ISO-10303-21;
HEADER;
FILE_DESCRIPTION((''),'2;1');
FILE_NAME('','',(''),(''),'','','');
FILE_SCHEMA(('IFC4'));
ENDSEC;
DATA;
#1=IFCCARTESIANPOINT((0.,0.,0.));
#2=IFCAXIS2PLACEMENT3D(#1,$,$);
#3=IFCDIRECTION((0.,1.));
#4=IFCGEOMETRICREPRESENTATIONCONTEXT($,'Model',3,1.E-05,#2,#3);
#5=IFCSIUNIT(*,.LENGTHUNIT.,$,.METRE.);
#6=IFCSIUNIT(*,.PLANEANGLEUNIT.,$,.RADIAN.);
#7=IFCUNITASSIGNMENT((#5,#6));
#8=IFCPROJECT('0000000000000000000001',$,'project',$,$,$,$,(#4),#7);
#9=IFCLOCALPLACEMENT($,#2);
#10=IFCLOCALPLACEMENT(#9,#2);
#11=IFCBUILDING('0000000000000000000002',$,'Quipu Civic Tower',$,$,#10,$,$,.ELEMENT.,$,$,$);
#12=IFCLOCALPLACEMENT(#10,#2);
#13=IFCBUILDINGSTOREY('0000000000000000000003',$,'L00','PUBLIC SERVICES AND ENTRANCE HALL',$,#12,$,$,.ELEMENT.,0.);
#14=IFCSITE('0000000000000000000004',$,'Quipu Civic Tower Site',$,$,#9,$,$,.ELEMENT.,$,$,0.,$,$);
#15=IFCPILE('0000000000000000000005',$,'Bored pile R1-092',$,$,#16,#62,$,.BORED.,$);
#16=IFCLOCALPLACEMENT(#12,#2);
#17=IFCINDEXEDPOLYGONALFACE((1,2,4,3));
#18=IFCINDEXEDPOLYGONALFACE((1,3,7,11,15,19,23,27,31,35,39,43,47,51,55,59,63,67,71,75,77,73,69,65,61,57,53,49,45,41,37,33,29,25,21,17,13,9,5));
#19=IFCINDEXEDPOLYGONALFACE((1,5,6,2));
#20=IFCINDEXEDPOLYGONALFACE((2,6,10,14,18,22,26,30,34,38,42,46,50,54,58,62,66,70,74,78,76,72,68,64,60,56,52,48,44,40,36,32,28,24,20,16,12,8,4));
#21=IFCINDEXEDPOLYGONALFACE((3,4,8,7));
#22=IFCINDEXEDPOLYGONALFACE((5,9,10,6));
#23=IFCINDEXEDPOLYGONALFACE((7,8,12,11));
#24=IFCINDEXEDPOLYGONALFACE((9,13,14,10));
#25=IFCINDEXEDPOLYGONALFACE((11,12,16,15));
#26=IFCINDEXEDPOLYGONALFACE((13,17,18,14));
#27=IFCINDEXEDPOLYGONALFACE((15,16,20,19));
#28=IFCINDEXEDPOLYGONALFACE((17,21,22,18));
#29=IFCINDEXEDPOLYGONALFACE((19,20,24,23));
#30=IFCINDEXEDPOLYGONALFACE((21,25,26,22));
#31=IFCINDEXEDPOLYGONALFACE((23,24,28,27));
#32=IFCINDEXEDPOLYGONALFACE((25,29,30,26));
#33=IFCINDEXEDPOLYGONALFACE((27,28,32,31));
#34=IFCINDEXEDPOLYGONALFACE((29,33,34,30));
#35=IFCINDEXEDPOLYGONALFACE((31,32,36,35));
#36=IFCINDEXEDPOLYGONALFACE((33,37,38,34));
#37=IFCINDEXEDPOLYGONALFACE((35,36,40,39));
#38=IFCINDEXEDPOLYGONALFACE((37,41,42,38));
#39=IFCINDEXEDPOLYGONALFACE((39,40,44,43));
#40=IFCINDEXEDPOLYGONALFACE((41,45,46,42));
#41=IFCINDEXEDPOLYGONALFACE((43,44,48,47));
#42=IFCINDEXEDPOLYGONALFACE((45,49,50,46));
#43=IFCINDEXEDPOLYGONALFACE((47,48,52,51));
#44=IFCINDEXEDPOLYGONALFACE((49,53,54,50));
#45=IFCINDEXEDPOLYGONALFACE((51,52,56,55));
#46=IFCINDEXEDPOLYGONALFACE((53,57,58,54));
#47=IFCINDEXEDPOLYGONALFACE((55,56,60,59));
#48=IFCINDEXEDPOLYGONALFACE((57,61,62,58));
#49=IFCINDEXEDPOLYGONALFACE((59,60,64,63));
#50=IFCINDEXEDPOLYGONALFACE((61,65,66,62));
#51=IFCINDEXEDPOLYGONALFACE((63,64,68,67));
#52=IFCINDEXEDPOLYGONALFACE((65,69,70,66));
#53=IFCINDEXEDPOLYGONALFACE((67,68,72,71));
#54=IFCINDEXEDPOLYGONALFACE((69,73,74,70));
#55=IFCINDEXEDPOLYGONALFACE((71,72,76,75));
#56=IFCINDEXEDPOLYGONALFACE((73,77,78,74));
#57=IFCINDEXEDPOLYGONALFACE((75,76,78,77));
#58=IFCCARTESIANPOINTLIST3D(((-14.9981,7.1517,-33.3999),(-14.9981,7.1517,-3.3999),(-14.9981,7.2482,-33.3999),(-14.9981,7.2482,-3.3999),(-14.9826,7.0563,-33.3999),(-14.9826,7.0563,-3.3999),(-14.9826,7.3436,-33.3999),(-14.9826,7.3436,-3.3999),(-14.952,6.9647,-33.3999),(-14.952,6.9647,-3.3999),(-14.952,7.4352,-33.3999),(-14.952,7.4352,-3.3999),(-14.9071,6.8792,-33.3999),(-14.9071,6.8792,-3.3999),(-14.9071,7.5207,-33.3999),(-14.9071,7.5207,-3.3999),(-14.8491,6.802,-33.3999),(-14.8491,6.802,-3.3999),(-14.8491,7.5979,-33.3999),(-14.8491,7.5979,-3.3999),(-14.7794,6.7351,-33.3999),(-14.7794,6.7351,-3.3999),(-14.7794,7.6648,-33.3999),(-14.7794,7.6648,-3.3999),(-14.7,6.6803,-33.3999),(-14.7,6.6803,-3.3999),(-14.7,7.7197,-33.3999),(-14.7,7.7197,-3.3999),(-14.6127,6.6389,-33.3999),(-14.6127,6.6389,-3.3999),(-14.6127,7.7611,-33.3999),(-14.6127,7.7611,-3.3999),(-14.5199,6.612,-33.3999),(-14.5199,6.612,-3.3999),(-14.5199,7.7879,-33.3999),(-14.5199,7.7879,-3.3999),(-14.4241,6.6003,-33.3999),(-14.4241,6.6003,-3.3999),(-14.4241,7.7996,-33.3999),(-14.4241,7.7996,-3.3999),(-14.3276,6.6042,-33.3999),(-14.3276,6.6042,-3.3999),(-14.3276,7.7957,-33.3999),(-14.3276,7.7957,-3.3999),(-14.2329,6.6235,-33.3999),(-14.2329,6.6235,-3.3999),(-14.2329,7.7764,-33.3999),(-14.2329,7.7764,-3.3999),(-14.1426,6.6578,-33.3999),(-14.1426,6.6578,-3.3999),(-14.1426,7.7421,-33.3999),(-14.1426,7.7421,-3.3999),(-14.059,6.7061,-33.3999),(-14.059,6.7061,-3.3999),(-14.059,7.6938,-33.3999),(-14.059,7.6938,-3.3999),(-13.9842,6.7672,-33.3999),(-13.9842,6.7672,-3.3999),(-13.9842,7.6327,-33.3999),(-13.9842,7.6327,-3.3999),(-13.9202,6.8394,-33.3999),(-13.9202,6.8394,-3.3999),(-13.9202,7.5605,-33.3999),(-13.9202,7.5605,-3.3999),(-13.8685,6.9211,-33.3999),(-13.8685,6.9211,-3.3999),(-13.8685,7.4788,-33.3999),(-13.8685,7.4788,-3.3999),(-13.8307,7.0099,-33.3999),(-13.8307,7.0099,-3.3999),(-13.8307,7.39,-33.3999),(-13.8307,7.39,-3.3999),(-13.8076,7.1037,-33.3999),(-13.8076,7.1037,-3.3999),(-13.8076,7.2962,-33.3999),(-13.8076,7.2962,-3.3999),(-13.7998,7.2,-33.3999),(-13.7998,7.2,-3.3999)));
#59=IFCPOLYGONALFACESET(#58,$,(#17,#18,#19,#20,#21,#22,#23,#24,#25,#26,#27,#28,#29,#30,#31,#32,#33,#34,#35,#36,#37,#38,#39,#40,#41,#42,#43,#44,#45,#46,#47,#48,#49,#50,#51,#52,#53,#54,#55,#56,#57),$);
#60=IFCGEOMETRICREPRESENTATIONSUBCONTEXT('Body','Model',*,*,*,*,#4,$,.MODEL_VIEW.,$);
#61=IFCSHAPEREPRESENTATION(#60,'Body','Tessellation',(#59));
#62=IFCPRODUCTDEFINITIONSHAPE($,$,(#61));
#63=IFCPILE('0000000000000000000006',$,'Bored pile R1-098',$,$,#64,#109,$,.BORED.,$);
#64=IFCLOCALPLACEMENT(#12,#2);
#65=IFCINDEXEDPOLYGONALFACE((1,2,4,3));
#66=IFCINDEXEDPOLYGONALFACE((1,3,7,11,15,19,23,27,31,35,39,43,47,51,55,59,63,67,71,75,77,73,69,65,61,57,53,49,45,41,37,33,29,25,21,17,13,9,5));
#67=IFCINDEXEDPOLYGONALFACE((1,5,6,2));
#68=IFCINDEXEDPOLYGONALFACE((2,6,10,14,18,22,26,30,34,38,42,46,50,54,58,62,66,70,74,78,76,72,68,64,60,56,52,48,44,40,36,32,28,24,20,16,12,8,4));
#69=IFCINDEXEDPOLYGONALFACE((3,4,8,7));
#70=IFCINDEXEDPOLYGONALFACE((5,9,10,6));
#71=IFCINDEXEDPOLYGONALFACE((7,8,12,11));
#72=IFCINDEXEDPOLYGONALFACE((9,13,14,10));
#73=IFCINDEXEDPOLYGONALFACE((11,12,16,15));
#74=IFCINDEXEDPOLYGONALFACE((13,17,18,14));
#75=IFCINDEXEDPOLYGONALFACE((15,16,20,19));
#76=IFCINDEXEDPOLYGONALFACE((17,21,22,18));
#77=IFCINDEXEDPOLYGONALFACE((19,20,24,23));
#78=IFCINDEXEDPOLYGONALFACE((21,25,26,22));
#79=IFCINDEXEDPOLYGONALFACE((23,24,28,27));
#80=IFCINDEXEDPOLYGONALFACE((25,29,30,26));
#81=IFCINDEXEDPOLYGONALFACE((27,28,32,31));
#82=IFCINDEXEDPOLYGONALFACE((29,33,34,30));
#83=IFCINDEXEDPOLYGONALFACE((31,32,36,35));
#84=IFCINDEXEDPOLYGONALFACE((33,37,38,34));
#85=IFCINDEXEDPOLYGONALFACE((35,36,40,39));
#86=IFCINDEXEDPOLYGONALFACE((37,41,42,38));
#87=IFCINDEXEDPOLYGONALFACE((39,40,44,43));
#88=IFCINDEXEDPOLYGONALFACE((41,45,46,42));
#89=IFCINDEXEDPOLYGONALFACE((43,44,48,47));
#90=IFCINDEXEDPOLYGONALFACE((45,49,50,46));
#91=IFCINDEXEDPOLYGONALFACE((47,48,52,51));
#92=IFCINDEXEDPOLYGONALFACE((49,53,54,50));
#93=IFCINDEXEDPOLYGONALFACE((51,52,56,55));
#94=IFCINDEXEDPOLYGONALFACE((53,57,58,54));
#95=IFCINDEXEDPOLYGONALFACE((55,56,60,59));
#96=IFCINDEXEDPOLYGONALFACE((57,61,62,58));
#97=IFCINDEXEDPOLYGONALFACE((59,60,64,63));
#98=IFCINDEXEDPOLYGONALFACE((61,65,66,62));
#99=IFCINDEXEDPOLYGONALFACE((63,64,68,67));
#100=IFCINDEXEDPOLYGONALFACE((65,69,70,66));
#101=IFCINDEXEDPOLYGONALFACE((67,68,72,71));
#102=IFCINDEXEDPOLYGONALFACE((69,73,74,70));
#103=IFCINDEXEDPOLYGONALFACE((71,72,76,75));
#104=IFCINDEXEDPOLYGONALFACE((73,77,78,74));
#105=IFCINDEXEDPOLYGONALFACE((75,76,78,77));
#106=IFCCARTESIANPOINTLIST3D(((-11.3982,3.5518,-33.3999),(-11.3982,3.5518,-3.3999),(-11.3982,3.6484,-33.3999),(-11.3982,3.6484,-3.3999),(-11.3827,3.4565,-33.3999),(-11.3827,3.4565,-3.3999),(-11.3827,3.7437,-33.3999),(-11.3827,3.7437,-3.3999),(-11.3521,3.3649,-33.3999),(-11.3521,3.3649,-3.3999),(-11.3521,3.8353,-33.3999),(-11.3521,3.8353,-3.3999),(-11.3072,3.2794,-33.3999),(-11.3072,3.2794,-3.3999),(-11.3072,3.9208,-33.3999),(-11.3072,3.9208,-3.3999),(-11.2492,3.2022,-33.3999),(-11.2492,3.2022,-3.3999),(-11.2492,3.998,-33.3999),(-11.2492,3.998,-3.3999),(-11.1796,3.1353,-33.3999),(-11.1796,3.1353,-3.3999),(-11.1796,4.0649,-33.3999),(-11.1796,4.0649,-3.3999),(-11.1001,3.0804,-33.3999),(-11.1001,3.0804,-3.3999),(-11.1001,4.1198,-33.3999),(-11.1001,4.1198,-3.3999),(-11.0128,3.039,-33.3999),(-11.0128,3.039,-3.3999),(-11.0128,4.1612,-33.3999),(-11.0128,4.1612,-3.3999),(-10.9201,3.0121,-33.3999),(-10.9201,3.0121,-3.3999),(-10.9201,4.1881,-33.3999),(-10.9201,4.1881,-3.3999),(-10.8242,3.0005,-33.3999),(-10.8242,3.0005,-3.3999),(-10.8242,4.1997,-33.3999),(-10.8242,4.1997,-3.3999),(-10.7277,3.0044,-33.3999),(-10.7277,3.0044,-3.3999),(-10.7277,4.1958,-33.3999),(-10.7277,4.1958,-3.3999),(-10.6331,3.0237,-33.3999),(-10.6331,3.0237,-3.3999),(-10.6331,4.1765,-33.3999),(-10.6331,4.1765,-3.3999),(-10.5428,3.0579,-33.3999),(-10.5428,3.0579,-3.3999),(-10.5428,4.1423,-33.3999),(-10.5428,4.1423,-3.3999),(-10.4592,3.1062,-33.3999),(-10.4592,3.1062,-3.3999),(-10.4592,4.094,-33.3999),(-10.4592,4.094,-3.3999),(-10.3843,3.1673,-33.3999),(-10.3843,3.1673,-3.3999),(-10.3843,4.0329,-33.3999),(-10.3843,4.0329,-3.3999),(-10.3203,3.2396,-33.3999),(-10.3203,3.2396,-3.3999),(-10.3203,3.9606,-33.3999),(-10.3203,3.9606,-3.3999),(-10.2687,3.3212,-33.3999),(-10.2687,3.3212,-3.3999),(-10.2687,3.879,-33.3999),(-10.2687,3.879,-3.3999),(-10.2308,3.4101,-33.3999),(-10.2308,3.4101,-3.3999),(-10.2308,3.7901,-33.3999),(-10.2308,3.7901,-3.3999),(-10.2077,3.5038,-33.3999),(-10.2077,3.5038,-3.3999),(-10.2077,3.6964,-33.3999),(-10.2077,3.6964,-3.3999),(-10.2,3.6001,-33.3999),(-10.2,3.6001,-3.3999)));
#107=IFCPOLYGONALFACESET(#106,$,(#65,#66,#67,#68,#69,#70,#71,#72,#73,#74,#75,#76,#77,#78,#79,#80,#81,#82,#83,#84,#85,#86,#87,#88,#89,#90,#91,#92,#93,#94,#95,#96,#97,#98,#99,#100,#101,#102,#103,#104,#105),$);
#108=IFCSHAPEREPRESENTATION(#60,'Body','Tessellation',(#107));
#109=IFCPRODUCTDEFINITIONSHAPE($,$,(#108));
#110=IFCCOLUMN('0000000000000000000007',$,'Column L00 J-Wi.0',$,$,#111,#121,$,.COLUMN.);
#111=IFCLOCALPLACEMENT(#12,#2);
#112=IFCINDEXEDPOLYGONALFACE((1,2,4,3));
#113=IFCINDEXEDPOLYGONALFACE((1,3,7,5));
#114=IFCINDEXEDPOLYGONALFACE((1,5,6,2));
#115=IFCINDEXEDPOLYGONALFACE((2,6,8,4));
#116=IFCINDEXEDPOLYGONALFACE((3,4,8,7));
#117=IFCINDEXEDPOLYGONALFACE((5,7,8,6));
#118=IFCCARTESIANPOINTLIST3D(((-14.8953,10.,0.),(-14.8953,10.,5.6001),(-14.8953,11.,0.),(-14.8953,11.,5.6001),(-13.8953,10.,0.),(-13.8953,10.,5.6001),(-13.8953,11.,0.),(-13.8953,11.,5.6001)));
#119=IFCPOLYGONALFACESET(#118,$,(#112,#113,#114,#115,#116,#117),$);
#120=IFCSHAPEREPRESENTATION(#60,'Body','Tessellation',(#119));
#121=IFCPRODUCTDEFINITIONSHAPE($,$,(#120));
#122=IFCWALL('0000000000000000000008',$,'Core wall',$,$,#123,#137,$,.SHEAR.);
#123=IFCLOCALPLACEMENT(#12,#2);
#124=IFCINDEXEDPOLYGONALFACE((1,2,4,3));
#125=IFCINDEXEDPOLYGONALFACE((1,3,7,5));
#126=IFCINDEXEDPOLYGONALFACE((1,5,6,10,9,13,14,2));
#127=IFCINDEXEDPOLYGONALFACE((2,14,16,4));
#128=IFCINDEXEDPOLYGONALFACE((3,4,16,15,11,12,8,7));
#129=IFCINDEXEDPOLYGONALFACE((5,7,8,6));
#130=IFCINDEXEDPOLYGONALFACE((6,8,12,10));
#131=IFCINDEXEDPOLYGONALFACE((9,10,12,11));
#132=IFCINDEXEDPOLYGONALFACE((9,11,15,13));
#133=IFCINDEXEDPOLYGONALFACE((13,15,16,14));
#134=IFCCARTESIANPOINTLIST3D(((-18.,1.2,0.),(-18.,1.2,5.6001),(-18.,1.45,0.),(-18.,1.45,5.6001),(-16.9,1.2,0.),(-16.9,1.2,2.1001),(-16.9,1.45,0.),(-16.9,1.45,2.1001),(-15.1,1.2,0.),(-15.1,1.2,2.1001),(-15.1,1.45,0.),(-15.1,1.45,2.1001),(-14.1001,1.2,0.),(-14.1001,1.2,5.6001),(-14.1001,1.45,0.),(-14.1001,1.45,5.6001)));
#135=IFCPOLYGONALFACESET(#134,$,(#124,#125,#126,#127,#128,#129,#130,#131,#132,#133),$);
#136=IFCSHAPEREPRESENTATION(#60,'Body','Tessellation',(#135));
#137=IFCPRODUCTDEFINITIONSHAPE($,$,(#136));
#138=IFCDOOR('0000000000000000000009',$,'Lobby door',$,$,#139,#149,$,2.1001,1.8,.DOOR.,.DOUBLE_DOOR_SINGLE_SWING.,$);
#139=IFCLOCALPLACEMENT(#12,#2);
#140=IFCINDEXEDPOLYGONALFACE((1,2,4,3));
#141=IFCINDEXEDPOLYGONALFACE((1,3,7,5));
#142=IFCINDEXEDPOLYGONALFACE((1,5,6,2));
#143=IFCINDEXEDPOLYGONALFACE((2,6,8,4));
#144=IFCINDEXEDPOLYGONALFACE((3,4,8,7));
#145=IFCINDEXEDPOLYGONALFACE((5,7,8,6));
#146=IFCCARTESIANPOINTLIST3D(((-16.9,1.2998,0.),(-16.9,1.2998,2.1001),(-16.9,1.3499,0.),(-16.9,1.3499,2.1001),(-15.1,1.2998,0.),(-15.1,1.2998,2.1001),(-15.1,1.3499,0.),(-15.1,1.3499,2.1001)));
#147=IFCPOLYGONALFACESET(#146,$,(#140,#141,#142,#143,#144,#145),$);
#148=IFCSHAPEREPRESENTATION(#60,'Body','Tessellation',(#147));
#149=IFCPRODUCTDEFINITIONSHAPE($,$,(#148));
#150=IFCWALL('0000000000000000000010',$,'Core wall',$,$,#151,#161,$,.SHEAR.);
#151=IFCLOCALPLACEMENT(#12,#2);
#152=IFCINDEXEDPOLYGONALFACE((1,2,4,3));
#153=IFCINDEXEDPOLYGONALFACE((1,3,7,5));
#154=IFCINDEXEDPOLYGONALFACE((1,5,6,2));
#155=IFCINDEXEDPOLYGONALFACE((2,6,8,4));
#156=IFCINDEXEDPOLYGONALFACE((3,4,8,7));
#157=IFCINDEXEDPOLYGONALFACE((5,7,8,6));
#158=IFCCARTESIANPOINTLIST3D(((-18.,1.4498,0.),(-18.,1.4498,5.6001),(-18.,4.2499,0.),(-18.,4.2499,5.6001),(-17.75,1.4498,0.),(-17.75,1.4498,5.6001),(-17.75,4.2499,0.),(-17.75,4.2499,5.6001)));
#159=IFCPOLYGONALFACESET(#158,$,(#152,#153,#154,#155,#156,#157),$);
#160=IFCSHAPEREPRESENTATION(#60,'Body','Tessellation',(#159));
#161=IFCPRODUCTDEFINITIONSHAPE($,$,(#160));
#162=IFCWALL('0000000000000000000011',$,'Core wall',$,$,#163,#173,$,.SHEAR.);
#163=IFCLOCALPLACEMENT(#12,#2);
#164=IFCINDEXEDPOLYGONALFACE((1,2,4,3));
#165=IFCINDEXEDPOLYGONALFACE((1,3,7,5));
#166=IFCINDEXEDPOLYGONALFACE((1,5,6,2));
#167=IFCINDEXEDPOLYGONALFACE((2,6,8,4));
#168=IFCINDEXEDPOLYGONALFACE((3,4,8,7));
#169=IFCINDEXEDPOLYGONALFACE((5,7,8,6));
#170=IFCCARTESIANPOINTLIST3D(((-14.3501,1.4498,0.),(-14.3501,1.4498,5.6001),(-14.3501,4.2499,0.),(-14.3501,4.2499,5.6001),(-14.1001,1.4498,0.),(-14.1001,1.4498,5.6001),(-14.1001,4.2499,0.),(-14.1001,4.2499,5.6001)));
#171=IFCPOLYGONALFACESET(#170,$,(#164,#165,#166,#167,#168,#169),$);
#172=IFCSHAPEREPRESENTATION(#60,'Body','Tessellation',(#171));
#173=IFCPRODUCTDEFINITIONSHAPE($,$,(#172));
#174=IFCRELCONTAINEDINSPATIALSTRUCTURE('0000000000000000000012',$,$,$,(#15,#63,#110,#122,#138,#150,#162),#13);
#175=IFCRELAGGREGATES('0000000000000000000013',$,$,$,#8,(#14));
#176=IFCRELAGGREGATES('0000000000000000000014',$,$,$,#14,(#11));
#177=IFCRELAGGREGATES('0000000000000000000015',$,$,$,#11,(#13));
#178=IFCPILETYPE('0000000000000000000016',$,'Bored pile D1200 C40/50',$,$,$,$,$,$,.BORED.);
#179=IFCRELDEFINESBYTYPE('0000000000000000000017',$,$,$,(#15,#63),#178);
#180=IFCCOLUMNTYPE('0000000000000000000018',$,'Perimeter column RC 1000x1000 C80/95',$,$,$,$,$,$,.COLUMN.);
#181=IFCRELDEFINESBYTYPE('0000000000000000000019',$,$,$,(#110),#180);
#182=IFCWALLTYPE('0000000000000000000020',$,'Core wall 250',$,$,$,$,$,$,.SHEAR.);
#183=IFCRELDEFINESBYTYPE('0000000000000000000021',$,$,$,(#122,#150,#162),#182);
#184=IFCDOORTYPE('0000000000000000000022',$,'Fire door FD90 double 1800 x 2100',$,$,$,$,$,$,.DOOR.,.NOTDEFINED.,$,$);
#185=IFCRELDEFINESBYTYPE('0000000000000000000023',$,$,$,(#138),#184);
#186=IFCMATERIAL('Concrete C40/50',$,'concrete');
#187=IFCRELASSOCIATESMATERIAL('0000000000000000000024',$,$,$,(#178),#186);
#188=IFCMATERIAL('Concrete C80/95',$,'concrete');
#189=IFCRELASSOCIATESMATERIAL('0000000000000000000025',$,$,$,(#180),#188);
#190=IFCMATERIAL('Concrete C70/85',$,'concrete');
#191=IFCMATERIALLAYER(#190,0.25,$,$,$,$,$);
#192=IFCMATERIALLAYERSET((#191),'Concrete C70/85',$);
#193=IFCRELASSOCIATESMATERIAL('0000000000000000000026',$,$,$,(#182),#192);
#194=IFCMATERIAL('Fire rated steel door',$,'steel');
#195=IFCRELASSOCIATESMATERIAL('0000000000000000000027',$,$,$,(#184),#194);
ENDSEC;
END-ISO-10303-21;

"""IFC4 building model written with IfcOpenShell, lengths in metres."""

from ifc_helpers import new_model, si_unit, direction, frame, frame_2d, origin, origin_2d, place, context, subcontext, project, spatial, rectangle, circle, extrude, material, layer, layer_set, material_profile, profile_set, type_object, element, fill, save


model = new_model("IFC4")

# Units and contexts
model_context = context("Model", 3, precision=1e-05, world=origin(), true_north=direction((0.0, 1.0)))
body_context = subcontext(model_context, "Body", "Model", "MODEL_VIEW")
ifc_project = project(units=[si_unit("LENGTHUNIT", "METRE"), si_unit("PLANEANGLEUNIT", "RADIAN")], contexts=[model_context])

# Site, building, storey
site_placement = place(None, origin())
site = spatial("IfcSite", under=ifc_project, at=site_placement, Name="Quipu Civic Tower Site", CompositionType="ELEMENT", RefElevation=0.0)
building_placement = place(site_placement, origin())
building = spatial("IfcBuilding", under=site, at=building_placement, Name="Quipu Civic Tower", CompositionType="ELEMENT")
storey_placement = place(building_placement, origin())
storey = spatial("IfcBuildingStorey", under=building, at=storey_placement, Name="L00", Description="PUBLIC SERVICES AND ENTRANCE HALL", CompositionType="ELEMENT", Elevation=0.0)

# Piles
ifc_material_1 = material(Name="Concrete C40/50", Category="concrete")
ifc_material_profile_1 = material_profile(ifc_material_1, circle(Radius=0.6001, at=origin_2d()), Name="RCD1200")
ifc_profile_set_1 = profile_set([ifc_material_profile_1], Name="Concrete C40/50")
pile_type = type_object("IfcPileType", Name="Bored pile D1200 C40/50", PredefinedType="BORED", material=ifc_profile_set_1)
for number, where, z_axis, x_axis, name in (
    (1, (-14.3999, 7.2, -3.3999), (0.0, 0.0, -1.0), (1.0, 0.0, 0.0), "Bored pile R1-092"),
    (2, (-10.8, 3.6001, -3.3999), (0.0, 0.0, -1.0), (1.0, 0.0, 0.0), "Bored pile R1-098"),
):
    element("IfcPile", number, at=place(storey_placement, frame(where, z_axis=z_axis, x_axis=x_axis)), inside=storey, type_object=pile_type, Name=name, PredefinedType="BORED", context=body_context, shape_type="SweptSolid", body=[
        extrude(circle(Radius=0.6001, at=origin_2d()), origin(), (0.0, 0.0, 1.0), 30.0),
    ])

# Column
ifc_material_2 = material(Name="Concrete C80/95", Category="concrete")
ifc_material_profile_2 = material_profile(ifc_material_2, rectangle(XDim=1.0, YDim=1.0, at=origin_2d()), Name="RC1000x1000")
ifc_profile_set_2 = profile_set([ifc_material_profile_2], Name="Concrete C80/95")
column_type = type_object("IfcColumnType", Name="Perimeter column RC 1000x1000 C80/95", PredefinedType="COLUMN", material=ifc_profile_set_2)
column_placement = place(storey_placement, frame((-14.3953, 10.5, 0.0), z_axis=(0.0, 0.0, 1.0), x_axis=(-1.0, 0.0, 0.0)))
element("IfcColumn", 3, at=column_placement, inside=storey, type_object=column_type, Name="Column L00 J-Wi.0", PredefinedType="COLUMN", context=body_context, shape_type="SweptSolid", body=[
    extrude(rectangle(XDim=1.0, YDim=1.0, at=origin_2d()), origin(), (0.0, 0.0, 1.0), 5.6001),
])

# Wall, opening, door
ifc_material_3 = material(Name="Concrete C70/85", Category="concrete")
ifc_layer_1 = layer(ifc_material_3, 0.25)
ifc_layer_set_1 = layer_set([ifc_layer_1], Name="Concrete C70/85")
wall_type_1 = type_object("IfcWallType", Name="Core wall 250", PredefinedType="SHEAR", material=ifc_layer_set_1)
wall_1_placement = place(storey_placement, frame((-18.0, 1.325, 0.0), z_axis=(0.0, 0.0, 1.0), x_axis=(1.0, 0.0, 0.0)))
wall_1 = element("IfcWall", 4, at=wall_1_placement, inside=storey, type_object=wall_type_1, Name="Core wall", PredefinedType="SHEAR", context=body_context, shape_type="SweptSolid", body=[
    extrude(rectangle(XDim=3.8999, YDim=0.25, at=frame_2d((1.95, 0.0))), origin(), (0.0, 0.0, 1.0), 5.6001),
])
opening_1_placement = place(wall_1_placement, frame((1.1001, 0.0, 0.0)))
opening_1 = element("IfcOpeningElement", 5, at=opening_1_placement, cuts=wall_1, PredefinedType="OPENING", context=body_context, shape_type="SweptSolid", body=[
    extrude(rectangle(XDim=1.8, YDim=2.1001, at=frame_2d((0.8999, 1.05))), frame((0.0, 0.135, 0.0), z_axis=(0.0, -1.0, 0.0), x_axis=(1.0, 0.0, 0.0)), (0.0, 0.0, 1.0), 0.27),
])
ifc_material_4 = material(Name="Fire rated steel door", Category="steel")
door_type_1 = type_object("IfcDoorType", Name="Fire door FD90 double 1800 x 2100", OperationType="NOTDEFINED", PredefinedType="DOOR", material=ifc_material_4)
door_1_placement = place(opening_1_placement, origin())
door_1 = element("IfcDoor", 6, at=door_1_placement, inside=storey, type_object=door_type_1, Name="Lobby door", OperationType="DOUBLE_DOOR_SINGLE_SWING", OverallHeight=2.1001, OverallWidth=1.8, PredefinedType="DOOR", context=body_context, shape_type="SweptSolid", body=[
    extrude(rectangle(XDim=1.8, YDim=2.1001, at=frame_2d((0.8999, 1.05))), frame((0.0, 0.0249, 0.0), z_axis=(0.0, -1.0, 0.0), x_axis=(1.0, 0.0, 0.0)), (0.0, 0.0, 1.0), 0.05),
])
fill(opening_1, door_1)

# Walls
for number, where, z_axis, x_axis, name in (
    (7, (-17.875, 1.45, 0.0), (0.0, 0.0, 1.0), (0.0, 1.0, 0.0), "Core wall"),
    (8, (-14.2251, 1.45, 0.0), (0.0, 0.0, 1.0), (0.0, 1.0, 0.0), "Core wall"),
):
    element("IfcWall", number, at=place(storey_placement, frame(where, z_axis=z_axis, x_axis=x_axis)), inside=storey, type_object=wall_type_1, Name=name, PredefinedType="SHEAR", context=body_context, shape_type="SweptSolid", body=[
        extrude(rectangle(XDim=2.8, YDim=0.25, at=frame_2d((1.3999, 0.0))), origin(), (0.0, 0.0, 1.0), 5.6001),
    ])

save(model, "model.ifc")
